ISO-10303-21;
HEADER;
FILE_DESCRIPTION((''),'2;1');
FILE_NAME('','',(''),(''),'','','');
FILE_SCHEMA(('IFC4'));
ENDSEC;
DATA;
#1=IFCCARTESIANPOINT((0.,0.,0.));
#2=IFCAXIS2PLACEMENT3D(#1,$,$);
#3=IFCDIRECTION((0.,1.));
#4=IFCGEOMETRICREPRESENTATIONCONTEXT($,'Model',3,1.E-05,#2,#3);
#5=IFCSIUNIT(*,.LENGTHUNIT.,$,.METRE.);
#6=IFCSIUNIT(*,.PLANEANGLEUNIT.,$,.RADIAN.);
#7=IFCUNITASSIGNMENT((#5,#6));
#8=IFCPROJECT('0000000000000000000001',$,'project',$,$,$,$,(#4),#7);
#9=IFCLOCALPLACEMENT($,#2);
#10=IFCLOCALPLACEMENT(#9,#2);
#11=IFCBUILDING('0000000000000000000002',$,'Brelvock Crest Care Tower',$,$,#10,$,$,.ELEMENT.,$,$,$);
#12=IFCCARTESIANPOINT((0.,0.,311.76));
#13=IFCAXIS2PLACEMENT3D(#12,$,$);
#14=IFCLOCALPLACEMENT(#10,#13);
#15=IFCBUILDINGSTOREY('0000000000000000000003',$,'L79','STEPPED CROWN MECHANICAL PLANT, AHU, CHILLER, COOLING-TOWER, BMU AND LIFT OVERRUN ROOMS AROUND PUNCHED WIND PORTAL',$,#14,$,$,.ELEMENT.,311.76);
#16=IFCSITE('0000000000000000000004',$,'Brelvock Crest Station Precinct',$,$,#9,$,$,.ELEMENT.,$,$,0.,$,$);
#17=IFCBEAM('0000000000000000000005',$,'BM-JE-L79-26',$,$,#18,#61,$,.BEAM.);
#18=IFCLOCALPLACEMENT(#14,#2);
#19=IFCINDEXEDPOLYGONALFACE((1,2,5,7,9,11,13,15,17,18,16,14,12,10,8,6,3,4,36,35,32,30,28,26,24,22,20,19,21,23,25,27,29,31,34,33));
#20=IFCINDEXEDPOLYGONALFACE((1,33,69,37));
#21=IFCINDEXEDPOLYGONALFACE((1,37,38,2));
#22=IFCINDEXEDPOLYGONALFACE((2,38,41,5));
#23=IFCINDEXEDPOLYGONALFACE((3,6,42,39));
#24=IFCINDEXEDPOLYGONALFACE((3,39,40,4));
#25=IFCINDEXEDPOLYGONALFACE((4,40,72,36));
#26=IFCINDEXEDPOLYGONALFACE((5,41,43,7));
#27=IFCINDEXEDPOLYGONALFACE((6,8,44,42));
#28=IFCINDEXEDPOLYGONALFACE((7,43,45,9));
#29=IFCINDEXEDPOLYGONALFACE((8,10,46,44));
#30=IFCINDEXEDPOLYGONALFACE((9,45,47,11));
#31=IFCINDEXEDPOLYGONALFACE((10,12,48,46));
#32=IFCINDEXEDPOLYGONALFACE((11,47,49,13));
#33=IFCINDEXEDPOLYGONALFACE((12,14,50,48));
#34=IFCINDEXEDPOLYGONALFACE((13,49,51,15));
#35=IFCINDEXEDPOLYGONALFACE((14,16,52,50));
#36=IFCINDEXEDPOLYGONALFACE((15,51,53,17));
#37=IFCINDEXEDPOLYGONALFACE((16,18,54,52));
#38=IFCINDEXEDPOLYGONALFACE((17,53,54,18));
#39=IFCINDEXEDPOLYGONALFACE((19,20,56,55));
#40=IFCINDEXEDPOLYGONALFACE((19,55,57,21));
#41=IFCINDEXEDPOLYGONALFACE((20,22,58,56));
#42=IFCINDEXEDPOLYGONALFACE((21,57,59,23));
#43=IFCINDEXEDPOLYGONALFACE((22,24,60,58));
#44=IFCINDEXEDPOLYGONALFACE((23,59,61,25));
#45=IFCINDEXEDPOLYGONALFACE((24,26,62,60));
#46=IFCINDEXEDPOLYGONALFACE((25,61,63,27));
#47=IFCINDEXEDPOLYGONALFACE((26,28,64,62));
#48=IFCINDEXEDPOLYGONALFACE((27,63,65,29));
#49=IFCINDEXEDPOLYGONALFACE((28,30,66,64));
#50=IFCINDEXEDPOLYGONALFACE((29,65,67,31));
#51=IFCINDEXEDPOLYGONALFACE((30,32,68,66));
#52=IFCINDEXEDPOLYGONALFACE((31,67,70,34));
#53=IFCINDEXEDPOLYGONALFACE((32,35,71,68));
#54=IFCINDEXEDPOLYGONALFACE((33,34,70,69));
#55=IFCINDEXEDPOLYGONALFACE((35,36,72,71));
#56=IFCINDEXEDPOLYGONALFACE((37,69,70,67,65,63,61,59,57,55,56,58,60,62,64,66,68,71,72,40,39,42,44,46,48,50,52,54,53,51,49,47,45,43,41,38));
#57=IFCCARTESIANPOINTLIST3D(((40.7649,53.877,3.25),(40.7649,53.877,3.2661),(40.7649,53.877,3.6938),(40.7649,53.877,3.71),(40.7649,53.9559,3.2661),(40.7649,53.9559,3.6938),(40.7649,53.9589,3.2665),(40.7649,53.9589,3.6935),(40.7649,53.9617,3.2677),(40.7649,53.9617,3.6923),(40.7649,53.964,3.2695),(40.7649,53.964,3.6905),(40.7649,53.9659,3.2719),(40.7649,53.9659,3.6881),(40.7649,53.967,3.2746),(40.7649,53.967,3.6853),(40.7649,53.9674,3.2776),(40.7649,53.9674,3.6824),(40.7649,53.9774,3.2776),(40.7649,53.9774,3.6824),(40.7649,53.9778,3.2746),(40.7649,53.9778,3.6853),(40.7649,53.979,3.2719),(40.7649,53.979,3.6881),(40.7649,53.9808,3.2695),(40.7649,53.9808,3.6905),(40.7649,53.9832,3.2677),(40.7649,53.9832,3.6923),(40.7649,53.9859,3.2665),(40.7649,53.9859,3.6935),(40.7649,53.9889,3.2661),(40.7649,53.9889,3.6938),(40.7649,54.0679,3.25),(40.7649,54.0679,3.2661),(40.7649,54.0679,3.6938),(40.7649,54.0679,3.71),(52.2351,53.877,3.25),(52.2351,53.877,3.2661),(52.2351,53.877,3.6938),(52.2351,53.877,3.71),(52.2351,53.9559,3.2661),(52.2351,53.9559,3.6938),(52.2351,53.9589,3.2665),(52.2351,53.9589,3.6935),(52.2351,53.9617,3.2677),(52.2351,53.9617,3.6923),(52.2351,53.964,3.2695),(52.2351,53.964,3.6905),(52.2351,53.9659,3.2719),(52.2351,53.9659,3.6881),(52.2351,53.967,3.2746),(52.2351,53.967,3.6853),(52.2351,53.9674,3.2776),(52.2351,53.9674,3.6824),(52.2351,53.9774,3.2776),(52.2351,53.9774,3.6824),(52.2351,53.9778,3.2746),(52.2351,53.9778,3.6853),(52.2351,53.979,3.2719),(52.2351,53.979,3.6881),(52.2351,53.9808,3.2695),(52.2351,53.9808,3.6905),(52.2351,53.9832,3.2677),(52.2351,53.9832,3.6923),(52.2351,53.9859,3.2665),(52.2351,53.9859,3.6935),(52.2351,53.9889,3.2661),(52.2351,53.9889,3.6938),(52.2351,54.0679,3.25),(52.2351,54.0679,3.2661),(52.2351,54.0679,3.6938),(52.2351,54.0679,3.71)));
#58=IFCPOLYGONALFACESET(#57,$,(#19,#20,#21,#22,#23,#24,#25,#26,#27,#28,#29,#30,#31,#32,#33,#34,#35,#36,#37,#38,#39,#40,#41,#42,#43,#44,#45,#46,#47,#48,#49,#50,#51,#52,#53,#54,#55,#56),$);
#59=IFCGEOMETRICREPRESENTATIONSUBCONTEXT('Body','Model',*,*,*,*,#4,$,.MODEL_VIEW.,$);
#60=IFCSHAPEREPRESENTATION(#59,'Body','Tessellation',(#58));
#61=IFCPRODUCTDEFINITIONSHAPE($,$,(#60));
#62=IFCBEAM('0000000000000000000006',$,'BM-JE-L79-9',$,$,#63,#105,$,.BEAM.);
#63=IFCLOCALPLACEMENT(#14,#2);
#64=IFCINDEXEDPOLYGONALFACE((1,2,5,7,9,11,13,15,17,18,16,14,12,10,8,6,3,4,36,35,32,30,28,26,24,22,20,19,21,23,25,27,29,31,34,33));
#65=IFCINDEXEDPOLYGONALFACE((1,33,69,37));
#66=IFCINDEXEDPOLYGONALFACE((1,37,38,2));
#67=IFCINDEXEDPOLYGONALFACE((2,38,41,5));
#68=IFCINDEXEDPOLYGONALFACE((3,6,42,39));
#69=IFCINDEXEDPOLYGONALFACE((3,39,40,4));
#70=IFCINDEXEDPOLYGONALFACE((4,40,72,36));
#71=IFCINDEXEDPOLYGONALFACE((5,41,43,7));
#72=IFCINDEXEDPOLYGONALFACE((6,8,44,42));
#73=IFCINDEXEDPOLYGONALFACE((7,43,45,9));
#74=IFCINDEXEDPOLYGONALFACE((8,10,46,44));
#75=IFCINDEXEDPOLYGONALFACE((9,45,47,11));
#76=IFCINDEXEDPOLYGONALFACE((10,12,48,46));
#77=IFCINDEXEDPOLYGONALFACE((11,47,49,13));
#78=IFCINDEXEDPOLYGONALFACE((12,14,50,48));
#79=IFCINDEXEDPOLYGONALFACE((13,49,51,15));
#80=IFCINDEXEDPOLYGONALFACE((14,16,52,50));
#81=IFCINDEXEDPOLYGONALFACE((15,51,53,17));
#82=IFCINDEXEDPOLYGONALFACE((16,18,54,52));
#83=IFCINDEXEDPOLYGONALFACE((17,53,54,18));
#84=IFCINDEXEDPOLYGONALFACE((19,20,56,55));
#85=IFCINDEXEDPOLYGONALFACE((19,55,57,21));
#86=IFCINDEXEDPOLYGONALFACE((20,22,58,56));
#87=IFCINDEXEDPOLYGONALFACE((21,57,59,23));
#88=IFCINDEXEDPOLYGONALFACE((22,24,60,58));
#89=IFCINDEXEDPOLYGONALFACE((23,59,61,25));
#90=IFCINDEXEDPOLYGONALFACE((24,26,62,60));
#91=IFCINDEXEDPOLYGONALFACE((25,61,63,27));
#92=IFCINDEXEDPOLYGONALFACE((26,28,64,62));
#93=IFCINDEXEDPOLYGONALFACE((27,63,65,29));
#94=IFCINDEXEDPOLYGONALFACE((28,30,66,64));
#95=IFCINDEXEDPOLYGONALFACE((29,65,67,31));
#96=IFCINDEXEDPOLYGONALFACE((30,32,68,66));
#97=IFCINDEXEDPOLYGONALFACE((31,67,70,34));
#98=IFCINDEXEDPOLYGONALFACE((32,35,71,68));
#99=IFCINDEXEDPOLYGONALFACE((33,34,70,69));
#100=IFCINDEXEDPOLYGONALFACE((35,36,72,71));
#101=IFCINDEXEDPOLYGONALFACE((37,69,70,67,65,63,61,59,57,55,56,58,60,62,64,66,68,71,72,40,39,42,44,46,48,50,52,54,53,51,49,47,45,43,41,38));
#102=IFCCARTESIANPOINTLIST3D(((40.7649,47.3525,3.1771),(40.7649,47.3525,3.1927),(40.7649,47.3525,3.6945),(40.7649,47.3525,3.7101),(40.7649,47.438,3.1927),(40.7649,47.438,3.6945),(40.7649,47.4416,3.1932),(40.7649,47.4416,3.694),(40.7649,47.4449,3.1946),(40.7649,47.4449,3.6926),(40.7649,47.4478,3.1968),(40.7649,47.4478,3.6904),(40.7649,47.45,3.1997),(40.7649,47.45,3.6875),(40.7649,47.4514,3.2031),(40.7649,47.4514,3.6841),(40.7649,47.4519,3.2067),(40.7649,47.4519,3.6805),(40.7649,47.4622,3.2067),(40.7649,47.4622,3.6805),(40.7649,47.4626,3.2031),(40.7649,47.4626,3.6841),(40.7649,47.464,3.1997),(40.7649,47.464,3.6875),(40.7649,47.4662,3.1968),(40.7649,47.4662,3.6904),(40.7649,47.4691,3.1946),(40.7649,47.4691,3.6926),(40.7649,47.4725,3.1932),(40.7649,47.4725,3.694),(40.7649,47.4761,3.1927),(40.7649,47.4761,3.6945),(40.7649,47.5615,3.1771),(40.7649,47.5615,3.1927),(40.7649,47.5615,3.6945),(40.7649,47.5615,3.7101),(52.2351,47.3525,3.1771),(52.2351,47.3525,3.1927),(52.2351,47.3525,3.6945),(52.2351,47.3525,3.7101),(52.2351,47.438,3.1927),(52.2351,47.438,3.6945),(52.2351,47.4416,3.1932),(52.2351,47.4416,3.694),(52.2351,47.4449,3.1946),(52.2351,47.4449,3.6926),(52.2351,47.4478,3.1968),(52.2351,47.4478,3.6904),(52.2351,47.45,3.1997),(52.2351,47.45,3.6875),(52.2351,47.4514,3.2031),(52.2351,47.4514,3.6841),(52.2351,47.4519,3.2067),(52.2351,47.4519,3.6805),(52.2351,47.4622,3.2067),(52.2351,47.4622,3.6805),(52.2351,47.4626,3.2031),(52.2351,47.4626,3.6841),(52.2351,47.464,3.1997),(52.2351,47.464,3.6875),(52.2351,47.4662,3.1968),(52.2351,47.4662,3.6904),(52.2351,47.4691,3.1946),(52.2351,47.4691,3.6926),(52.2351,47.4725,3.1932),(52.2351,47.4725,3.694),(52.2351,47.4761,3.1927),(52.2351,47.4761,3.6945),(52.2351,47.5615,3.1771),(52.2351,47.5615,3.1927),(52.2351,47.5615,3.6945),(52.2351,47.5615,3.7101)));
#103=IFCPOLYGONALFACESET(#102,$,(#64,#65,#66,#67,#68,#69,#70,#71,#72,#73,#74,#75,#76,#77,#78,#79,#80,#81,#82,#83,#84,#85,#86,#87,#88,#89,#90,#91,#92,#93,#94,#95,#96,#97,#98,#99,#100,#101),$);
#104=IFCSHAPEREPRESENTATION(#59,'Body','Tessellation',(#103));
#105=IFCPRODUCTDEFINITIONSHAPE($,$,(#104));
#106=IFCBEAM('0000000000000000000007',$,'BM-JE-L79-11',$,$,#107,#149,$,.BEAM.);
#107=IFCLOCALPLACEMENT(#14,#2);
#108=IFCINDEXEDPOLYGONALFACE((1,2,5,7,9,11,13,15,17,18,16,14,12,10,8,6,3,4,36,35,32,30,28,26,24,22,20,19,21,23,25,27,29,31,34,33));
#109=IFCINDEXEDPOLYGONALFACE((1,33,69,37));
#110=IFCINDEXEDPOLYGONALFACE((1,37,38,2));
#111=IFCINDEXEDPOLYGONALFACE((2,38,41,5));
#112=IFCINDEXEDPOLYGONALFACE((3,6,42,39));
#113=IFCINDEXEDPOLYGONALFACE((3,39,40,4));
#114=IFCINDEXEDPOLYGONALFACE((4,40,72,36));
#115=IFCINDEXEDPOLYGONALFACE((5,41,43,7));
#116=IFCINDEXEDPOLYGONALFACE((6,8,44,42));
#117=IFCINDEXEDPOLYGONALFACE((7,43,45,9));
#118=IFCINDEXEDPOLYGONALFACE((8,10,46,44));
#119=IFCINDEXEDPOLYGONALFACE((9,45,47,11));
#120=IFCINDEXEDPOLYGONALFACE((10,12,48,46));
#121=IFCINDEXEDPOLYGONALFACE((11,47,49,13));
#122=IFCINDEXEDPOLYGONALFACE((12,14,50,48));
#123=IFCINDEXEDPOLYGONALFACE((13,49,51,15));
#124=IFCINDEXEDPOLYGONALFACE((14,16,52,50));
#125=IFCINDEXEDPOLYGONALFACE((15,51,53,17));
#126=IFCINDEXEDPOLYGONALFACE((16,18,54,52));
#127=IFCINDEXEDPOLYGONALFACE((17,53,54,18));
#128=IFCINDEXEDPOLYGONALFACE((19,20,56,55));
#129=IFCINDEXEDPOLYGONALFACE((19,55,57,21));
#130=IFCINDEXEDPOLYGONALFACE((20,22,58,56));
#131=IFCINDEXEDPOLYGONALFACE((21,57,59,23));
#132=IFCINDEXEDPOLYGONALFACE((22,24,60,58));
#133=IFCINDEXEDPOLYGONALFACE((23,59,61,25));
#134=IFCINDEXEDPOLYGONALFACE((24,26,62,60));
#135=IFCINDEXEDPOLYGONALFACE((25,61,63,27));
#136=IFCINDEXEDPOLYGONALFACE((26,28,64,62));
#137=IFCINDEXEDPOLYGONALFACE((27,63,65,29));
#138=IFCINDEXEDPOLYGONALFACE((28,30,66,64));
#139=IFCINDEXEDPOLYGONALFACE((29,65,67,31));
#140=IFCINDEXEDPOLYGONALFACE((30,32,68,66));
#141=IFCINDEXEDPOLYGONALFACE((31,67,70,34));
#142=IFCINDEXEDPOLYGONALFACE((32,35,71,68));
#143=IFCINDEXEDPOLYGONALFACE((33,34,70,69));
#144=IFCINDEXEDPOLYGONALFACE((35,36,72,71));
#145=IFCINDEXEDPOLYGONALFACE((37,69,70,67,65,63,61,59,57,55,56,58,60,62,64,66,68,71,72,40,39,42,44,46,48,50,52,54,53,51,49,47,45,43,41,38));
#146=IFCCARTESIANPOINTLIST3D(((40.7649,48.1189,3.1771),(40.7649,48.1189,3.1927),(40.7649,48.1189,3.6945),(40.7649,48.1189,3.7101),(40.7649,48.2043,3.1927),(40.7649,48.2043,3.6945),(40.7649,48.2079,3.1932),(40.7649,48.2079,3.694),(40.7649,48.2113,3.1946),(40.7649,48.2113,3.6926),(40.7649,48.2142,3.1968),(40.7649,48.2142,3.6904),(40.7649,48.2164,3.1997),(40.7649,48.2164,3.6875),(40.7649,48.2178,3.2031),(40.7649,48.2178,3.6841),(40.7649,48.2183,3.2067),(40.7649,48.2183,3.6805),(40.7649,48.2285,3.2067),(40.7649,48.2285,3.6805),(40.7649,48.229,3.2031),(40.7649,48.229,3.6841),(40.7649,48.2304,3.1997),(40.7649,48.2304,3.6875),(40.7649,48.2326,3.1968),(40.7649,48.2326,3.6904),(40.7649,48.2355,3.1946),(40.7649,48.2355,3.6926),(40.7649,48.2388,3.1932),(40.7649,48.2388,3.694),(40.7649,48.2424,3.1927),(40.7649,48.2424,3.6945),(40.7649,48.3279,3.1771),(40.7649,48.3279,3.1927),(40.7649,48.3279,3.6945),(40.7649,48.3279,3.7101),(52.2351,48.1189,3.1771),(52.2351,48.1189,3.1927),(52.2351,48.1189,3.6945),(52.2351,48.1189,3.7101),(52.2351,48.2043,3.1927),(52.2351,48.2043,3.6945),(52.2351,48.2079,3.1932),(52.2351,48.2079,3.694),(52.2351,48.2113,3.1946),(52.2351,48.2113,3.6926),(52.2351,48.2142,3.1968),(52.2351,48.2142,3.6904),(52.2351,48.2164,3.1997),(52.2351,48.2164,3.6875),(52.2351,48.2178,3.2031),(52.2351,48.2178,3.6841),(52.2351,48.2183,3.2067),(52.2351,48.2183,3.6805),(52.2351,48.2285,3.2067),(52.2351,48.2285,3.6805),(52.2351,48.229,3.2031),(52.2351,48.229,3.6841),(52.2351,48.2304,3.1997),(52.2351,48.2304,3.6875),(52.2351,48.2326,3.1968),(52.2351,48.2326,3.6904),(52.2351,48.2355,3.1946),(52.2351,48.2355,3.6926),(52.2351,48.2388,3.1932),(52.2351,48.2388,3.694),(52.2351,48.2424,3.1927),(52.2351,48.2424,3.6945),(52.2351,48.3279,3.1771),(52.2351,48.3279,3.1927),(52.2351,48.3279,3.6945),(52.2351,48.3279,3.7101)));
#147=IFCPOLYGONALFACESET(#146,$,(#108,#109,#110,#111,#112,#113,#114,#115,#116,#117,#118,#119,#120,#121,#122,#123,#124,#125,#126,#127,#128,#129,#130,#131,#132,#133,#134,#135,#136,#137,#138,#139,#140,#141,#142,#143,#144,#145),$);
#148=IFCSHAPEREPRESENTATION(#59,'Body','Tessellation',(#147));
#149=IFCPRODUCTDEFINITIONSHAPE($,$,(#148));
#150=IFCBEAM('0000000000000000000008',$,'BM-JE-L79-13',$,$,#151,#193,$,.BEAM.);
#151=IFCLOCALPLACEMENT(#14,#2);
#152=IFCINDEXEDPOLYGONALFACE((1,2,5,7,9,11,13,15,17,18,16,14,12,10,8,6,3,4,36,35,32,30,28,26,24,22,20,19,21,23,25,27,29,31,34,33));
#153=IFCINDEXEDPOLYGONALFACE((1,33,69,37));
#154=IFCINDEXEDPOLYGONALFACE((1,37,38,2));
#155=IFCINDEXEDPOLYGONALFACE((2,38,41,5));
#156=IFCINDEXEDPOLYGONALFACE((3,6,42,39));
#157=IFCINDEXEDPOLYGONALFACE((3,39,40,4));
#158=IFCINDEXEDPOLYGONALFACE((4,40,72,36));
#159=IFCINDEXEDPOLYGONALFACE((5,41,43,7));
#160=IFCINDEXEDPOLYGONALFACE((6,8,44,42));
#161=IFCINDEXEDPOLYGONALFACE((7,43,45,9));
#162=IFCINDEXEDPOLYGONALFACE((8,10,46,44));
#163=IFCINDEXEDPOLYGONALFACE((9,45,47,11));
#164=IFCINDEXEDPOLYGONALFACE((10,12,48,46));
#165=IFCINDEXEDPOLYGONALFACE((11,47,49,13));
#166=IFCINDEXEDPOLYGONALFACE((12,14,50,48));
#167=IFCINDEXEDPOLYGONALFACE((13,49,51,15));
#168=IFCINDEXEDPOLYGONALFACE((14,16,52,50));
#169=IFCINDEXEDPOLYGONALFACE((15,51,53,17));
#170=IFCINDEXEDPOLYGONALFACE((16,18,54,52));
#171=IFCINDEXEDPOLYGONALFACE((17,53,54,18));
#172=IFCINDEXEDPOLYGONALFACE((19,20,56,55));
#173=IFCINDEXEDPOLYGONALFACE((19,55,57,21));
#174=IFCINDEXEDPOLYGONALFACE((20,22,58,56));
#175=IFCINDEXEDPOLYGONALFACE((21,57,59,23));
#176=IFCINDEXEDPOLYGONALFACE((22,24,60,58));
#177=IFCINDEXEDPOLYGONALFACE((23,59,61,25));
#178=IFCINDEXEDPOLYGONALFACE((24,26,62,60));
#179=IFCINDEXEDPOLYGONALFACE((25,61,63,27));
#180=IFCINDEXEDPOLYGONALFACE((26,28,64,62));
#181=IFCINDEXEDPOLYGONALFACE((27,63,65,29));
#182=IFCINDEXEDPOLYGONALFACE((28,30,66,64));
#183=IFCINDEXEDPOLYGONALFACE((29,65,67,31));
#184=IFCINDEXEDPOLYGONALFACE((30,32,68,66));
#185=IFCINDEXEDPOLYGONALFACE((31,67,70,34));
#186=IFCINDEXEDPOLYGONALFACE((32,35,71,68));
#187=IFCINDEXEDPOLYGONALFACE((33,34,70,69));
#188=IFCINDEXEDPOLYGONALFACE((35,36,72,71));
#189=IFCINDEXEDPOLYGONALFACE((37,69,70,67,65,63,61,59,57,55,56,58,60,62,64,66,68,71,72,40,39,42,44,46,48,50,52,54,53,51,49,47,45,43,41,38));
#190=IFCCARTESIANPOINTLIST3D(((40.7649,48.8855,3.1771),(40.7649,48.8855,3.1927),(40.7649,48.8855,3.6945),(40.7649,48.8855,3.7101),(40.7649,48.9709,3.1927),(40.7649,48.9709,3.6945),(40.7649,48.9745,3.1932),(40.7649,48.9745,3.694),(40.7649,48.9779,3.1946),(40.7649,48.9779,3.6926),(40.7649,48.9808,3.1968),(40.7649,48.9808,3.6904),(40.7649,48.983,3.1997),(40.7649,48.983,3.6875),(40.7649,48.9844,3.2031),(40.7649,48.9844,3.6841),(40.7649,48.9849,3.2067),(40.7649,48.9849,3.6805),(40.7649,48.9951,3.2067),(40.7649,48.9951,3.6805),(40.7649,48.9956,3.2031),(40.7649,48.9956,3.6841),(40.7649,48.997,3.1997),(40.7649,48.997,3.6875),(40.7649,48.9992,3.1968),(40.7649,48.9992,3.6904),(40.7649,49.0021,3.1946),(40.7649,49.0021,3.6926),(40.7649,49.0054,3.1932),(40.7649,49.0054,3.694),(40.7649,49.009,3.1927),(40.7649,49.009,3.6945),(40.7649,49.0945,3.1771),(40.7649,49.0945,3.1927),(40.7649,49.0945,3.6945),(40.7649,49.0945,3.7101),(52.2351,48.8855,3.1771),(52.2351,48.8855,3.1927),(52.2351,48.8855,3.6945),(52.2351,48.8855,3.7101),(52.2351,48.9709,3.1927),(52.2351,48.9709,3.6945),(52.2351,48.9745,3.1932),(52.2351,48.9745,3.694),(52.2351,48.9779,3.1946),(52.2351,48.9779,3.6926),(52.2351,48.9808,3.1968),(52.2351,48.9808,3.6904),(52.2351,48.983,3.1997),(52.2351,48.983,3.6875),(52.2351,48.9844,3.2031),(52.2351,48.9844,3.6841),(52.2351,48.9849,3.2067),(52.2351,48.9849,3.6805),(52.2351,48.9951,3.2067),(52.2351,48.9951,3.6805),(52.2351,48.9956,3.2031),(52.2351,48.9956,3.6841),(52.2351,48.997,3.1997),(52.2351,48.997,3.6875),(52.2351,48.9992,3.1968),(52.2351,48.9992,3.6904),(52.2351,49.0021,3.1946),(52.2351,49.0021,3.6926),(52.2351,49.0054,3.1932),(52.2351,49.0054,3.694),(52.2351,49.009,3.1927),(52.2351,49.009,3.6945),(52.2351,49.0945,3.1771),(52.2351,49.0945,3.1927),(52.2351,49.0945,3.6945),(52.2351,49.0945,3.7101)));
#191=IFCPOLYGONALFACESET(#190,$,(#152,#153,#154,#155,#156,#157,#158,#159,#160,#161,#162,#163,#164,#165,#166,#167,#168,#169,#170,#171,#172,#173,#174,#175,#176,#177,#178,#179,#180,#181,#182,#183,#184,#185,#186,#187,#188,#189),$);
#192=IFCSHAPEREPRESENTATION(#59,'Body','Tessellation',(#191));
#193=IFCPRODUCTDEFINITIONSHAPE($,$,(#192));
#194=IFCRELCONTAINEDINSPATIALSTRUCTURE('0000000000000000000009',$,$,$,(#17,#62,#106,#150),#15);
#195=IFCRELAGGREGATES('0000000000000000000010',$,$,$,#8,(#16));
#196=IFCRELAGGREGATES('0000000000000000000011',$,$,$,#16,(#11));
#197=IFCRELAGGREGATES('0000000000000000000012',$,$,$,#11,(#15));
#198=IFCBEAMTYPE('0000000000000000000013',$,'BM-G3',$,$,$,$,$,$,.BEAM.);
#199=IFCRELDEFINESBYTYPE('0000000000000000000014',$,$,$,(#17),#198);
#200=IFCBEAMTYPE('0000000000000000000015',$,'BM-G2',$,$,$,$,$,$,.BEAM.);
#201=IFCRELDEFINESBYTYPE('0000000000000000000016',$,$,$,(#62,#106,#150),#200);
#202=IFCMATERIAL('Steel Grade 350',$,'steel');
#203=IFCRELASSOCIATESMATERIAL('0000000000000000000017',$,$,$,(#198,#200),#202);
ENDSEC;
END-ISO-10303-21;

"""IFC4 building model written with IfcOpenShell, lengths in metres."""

from ifc_helpers import new_model, si_unit, direction, frame, origin, origin_2d, place, context, subcontext, project, spatial, i_section, extrude, source, transform, mapped, material, material_profile, profile_set, type_object, element, save


model = new_model("IFC4")

# Units and contexts
model_context = context("Model", 3, precision=1e-05, world=origin(), true_north=direction((0.0, 1.0)))
body_context = subcontext(model_context, "Body", "Model", "MODEL_VIEW")
ifc_project = project(units=[si_unit("LENGTHUNIT", "METRE"), si_unit("PLANEANGLEUNIT", "RADIAN")], contexts=[model_context])

# Site, building, storey
site_placement = place(None, origin())
site = spatial("IfcSite", under=ifc_project, at=site_placement, Name="Brelvock Crest Station Precinct", CompositionType="ELEMENT", RefElevation=0.0)
building_placement = place(site_placement, origin())
building = spatial("IfcBuilding", under=site, at=building_placement, Name="Brelvock Crest Care Tower", CompositionType="ELEMENT")
storey_placement = place(building_placement, frame((0.0, 0.0, 311.76)))
storey = spatial("IfcBuildingStorey", under=building, at=storey_placement, Name="L79", Description="STEPPED CROWN MECHANICAL PLANT, AHU, CHILLER, COOLING-TOWER, BMU AND LIFT OVERRUN ROOMS AROUND PUNCHED WIND PORTAL", CompositionType="ELEMENT", Elevation=311.76)

# Shared definitions
ifc_material_1 = material(Name="Steel Grade 350", Category="steel")

# Beams
ifc_material_profile_1 = material_profile(ifc_material_1, i_section(OverallWidth=0.1909, OverallDepth=0.46, WebThickness=0.01, FlangeThickness=0.0161, FilletRadius=0.0115, at=origin_2d()), Name="460UB82.1")
ifc_profile_set_1 = profile_set([ifc_material_profile_1], Name="Steel Grade 350")
beam_type_1 = type_object("IfcBeamType", Name="BM-G3", PredefinedType="BEAM", material=ifc_profile_set_1)
shared_shape_1 = source(origin(), body_context, "Body", "SweptSolid", [
    extrude(i_section(OverallWidth=0.1909, OverallDepth=0.46, WebThickness=0.01, FlangeThickness=0.0161, FilletRadius=0.0115, at=origin_2d()), origin(), (0.0, 0.0, 1.0), 11.4702),
])
for number, where, z_axis, x_axis, name in (
    (1, (40.7649, 53.9724, 3.48), (1.0, 0.0, 0.0), (0.0, 1.0, 0.0), "BM-JE-L79-26"),
):
    element("IfcBeam", number, at=place(storey_placement, frame(where, z_axis=z_axis, x_axis=x_axis)), inside=storey, type_object=beam_type_1, Name=name, PredefinedType="BEAM", context=body_context, shape_type="MappedRepresentation", body=[
        mapped(shared_shape_1, transform((0.0, 0.0, 0.0), x_axis=(1.0, 0.0, 0.0), y_axis=(0.0, 1.0, 0.0), z_axis=(0.0, 0.0, 1.0), scale=1.0)),
    ])
ifc_material_profile_2 = material_profile(ifc_material_1, i_section(OverallWidth=0.209, OverallDepth=0.533, WebThickness=0.0103, FlangeThickness=0.0156, FilletRadius=0.0139, at=origin_2d()), Name="530UB92.4")
ifc_profile_set_2 = profile_set([ifc_material_profile_2], Name="Steel Grade 350")
beam_type_2 = type_object("IfcBeamType", Name="BM-G2", PredefinedType="BEAM", material=ifc_profile_set_2)
shared_shape_2 = source(origin(), body_context, "Body", "SweptSolid", [
    extrude(i_section(OverallWidth=0.209, OverallDepth=0.533, WebThickness=0.0103, FlangeThickness=0.0156, FilletRadius=0.0139, at=origin_2d()), origin(), (0.0, 0.0, 1.0), 11.4702),
])
for number, where, z_axis, x_axis, name in (
    (2, (40.7649, 47.457, 3.4436), (1.0, 0.0, 0.0), (0.0, 1.0, 0.0), "BM-JE-L79-9"),
    (3, (40.7649, 48.2234, 3.4436), (1.0, 0.0, 0.0), (0.0, 1.0, 0.0), "BM-JE-L79-11"),
    (4, (40.7649, 48.99, 3.4436), (1.0, 0.0, 0.0), (0.0, 1.0, 0.0), "BM-JE-L79-13"),
):
    element("IfcBeam", number, at=place(storey_placement, frame(where, z_axis=z_axis, x_axis=x_axis)), inside=storey, type_object=beam_type_2, Name=name, PredefinedType="BEAM", context=body_context, shape_type="MappedRepresentation", body=[
        mapped(shared_shape_2, transform((0.0, 0.0, 0.0), x_axis=(1.0, 0.0, 0.0), y_axis=(0.0, 1.0, 0.0), z_axis=(0.0, 0.0, 1.0), scale=1.0)),
    ])

save(model, "model.ifc")
